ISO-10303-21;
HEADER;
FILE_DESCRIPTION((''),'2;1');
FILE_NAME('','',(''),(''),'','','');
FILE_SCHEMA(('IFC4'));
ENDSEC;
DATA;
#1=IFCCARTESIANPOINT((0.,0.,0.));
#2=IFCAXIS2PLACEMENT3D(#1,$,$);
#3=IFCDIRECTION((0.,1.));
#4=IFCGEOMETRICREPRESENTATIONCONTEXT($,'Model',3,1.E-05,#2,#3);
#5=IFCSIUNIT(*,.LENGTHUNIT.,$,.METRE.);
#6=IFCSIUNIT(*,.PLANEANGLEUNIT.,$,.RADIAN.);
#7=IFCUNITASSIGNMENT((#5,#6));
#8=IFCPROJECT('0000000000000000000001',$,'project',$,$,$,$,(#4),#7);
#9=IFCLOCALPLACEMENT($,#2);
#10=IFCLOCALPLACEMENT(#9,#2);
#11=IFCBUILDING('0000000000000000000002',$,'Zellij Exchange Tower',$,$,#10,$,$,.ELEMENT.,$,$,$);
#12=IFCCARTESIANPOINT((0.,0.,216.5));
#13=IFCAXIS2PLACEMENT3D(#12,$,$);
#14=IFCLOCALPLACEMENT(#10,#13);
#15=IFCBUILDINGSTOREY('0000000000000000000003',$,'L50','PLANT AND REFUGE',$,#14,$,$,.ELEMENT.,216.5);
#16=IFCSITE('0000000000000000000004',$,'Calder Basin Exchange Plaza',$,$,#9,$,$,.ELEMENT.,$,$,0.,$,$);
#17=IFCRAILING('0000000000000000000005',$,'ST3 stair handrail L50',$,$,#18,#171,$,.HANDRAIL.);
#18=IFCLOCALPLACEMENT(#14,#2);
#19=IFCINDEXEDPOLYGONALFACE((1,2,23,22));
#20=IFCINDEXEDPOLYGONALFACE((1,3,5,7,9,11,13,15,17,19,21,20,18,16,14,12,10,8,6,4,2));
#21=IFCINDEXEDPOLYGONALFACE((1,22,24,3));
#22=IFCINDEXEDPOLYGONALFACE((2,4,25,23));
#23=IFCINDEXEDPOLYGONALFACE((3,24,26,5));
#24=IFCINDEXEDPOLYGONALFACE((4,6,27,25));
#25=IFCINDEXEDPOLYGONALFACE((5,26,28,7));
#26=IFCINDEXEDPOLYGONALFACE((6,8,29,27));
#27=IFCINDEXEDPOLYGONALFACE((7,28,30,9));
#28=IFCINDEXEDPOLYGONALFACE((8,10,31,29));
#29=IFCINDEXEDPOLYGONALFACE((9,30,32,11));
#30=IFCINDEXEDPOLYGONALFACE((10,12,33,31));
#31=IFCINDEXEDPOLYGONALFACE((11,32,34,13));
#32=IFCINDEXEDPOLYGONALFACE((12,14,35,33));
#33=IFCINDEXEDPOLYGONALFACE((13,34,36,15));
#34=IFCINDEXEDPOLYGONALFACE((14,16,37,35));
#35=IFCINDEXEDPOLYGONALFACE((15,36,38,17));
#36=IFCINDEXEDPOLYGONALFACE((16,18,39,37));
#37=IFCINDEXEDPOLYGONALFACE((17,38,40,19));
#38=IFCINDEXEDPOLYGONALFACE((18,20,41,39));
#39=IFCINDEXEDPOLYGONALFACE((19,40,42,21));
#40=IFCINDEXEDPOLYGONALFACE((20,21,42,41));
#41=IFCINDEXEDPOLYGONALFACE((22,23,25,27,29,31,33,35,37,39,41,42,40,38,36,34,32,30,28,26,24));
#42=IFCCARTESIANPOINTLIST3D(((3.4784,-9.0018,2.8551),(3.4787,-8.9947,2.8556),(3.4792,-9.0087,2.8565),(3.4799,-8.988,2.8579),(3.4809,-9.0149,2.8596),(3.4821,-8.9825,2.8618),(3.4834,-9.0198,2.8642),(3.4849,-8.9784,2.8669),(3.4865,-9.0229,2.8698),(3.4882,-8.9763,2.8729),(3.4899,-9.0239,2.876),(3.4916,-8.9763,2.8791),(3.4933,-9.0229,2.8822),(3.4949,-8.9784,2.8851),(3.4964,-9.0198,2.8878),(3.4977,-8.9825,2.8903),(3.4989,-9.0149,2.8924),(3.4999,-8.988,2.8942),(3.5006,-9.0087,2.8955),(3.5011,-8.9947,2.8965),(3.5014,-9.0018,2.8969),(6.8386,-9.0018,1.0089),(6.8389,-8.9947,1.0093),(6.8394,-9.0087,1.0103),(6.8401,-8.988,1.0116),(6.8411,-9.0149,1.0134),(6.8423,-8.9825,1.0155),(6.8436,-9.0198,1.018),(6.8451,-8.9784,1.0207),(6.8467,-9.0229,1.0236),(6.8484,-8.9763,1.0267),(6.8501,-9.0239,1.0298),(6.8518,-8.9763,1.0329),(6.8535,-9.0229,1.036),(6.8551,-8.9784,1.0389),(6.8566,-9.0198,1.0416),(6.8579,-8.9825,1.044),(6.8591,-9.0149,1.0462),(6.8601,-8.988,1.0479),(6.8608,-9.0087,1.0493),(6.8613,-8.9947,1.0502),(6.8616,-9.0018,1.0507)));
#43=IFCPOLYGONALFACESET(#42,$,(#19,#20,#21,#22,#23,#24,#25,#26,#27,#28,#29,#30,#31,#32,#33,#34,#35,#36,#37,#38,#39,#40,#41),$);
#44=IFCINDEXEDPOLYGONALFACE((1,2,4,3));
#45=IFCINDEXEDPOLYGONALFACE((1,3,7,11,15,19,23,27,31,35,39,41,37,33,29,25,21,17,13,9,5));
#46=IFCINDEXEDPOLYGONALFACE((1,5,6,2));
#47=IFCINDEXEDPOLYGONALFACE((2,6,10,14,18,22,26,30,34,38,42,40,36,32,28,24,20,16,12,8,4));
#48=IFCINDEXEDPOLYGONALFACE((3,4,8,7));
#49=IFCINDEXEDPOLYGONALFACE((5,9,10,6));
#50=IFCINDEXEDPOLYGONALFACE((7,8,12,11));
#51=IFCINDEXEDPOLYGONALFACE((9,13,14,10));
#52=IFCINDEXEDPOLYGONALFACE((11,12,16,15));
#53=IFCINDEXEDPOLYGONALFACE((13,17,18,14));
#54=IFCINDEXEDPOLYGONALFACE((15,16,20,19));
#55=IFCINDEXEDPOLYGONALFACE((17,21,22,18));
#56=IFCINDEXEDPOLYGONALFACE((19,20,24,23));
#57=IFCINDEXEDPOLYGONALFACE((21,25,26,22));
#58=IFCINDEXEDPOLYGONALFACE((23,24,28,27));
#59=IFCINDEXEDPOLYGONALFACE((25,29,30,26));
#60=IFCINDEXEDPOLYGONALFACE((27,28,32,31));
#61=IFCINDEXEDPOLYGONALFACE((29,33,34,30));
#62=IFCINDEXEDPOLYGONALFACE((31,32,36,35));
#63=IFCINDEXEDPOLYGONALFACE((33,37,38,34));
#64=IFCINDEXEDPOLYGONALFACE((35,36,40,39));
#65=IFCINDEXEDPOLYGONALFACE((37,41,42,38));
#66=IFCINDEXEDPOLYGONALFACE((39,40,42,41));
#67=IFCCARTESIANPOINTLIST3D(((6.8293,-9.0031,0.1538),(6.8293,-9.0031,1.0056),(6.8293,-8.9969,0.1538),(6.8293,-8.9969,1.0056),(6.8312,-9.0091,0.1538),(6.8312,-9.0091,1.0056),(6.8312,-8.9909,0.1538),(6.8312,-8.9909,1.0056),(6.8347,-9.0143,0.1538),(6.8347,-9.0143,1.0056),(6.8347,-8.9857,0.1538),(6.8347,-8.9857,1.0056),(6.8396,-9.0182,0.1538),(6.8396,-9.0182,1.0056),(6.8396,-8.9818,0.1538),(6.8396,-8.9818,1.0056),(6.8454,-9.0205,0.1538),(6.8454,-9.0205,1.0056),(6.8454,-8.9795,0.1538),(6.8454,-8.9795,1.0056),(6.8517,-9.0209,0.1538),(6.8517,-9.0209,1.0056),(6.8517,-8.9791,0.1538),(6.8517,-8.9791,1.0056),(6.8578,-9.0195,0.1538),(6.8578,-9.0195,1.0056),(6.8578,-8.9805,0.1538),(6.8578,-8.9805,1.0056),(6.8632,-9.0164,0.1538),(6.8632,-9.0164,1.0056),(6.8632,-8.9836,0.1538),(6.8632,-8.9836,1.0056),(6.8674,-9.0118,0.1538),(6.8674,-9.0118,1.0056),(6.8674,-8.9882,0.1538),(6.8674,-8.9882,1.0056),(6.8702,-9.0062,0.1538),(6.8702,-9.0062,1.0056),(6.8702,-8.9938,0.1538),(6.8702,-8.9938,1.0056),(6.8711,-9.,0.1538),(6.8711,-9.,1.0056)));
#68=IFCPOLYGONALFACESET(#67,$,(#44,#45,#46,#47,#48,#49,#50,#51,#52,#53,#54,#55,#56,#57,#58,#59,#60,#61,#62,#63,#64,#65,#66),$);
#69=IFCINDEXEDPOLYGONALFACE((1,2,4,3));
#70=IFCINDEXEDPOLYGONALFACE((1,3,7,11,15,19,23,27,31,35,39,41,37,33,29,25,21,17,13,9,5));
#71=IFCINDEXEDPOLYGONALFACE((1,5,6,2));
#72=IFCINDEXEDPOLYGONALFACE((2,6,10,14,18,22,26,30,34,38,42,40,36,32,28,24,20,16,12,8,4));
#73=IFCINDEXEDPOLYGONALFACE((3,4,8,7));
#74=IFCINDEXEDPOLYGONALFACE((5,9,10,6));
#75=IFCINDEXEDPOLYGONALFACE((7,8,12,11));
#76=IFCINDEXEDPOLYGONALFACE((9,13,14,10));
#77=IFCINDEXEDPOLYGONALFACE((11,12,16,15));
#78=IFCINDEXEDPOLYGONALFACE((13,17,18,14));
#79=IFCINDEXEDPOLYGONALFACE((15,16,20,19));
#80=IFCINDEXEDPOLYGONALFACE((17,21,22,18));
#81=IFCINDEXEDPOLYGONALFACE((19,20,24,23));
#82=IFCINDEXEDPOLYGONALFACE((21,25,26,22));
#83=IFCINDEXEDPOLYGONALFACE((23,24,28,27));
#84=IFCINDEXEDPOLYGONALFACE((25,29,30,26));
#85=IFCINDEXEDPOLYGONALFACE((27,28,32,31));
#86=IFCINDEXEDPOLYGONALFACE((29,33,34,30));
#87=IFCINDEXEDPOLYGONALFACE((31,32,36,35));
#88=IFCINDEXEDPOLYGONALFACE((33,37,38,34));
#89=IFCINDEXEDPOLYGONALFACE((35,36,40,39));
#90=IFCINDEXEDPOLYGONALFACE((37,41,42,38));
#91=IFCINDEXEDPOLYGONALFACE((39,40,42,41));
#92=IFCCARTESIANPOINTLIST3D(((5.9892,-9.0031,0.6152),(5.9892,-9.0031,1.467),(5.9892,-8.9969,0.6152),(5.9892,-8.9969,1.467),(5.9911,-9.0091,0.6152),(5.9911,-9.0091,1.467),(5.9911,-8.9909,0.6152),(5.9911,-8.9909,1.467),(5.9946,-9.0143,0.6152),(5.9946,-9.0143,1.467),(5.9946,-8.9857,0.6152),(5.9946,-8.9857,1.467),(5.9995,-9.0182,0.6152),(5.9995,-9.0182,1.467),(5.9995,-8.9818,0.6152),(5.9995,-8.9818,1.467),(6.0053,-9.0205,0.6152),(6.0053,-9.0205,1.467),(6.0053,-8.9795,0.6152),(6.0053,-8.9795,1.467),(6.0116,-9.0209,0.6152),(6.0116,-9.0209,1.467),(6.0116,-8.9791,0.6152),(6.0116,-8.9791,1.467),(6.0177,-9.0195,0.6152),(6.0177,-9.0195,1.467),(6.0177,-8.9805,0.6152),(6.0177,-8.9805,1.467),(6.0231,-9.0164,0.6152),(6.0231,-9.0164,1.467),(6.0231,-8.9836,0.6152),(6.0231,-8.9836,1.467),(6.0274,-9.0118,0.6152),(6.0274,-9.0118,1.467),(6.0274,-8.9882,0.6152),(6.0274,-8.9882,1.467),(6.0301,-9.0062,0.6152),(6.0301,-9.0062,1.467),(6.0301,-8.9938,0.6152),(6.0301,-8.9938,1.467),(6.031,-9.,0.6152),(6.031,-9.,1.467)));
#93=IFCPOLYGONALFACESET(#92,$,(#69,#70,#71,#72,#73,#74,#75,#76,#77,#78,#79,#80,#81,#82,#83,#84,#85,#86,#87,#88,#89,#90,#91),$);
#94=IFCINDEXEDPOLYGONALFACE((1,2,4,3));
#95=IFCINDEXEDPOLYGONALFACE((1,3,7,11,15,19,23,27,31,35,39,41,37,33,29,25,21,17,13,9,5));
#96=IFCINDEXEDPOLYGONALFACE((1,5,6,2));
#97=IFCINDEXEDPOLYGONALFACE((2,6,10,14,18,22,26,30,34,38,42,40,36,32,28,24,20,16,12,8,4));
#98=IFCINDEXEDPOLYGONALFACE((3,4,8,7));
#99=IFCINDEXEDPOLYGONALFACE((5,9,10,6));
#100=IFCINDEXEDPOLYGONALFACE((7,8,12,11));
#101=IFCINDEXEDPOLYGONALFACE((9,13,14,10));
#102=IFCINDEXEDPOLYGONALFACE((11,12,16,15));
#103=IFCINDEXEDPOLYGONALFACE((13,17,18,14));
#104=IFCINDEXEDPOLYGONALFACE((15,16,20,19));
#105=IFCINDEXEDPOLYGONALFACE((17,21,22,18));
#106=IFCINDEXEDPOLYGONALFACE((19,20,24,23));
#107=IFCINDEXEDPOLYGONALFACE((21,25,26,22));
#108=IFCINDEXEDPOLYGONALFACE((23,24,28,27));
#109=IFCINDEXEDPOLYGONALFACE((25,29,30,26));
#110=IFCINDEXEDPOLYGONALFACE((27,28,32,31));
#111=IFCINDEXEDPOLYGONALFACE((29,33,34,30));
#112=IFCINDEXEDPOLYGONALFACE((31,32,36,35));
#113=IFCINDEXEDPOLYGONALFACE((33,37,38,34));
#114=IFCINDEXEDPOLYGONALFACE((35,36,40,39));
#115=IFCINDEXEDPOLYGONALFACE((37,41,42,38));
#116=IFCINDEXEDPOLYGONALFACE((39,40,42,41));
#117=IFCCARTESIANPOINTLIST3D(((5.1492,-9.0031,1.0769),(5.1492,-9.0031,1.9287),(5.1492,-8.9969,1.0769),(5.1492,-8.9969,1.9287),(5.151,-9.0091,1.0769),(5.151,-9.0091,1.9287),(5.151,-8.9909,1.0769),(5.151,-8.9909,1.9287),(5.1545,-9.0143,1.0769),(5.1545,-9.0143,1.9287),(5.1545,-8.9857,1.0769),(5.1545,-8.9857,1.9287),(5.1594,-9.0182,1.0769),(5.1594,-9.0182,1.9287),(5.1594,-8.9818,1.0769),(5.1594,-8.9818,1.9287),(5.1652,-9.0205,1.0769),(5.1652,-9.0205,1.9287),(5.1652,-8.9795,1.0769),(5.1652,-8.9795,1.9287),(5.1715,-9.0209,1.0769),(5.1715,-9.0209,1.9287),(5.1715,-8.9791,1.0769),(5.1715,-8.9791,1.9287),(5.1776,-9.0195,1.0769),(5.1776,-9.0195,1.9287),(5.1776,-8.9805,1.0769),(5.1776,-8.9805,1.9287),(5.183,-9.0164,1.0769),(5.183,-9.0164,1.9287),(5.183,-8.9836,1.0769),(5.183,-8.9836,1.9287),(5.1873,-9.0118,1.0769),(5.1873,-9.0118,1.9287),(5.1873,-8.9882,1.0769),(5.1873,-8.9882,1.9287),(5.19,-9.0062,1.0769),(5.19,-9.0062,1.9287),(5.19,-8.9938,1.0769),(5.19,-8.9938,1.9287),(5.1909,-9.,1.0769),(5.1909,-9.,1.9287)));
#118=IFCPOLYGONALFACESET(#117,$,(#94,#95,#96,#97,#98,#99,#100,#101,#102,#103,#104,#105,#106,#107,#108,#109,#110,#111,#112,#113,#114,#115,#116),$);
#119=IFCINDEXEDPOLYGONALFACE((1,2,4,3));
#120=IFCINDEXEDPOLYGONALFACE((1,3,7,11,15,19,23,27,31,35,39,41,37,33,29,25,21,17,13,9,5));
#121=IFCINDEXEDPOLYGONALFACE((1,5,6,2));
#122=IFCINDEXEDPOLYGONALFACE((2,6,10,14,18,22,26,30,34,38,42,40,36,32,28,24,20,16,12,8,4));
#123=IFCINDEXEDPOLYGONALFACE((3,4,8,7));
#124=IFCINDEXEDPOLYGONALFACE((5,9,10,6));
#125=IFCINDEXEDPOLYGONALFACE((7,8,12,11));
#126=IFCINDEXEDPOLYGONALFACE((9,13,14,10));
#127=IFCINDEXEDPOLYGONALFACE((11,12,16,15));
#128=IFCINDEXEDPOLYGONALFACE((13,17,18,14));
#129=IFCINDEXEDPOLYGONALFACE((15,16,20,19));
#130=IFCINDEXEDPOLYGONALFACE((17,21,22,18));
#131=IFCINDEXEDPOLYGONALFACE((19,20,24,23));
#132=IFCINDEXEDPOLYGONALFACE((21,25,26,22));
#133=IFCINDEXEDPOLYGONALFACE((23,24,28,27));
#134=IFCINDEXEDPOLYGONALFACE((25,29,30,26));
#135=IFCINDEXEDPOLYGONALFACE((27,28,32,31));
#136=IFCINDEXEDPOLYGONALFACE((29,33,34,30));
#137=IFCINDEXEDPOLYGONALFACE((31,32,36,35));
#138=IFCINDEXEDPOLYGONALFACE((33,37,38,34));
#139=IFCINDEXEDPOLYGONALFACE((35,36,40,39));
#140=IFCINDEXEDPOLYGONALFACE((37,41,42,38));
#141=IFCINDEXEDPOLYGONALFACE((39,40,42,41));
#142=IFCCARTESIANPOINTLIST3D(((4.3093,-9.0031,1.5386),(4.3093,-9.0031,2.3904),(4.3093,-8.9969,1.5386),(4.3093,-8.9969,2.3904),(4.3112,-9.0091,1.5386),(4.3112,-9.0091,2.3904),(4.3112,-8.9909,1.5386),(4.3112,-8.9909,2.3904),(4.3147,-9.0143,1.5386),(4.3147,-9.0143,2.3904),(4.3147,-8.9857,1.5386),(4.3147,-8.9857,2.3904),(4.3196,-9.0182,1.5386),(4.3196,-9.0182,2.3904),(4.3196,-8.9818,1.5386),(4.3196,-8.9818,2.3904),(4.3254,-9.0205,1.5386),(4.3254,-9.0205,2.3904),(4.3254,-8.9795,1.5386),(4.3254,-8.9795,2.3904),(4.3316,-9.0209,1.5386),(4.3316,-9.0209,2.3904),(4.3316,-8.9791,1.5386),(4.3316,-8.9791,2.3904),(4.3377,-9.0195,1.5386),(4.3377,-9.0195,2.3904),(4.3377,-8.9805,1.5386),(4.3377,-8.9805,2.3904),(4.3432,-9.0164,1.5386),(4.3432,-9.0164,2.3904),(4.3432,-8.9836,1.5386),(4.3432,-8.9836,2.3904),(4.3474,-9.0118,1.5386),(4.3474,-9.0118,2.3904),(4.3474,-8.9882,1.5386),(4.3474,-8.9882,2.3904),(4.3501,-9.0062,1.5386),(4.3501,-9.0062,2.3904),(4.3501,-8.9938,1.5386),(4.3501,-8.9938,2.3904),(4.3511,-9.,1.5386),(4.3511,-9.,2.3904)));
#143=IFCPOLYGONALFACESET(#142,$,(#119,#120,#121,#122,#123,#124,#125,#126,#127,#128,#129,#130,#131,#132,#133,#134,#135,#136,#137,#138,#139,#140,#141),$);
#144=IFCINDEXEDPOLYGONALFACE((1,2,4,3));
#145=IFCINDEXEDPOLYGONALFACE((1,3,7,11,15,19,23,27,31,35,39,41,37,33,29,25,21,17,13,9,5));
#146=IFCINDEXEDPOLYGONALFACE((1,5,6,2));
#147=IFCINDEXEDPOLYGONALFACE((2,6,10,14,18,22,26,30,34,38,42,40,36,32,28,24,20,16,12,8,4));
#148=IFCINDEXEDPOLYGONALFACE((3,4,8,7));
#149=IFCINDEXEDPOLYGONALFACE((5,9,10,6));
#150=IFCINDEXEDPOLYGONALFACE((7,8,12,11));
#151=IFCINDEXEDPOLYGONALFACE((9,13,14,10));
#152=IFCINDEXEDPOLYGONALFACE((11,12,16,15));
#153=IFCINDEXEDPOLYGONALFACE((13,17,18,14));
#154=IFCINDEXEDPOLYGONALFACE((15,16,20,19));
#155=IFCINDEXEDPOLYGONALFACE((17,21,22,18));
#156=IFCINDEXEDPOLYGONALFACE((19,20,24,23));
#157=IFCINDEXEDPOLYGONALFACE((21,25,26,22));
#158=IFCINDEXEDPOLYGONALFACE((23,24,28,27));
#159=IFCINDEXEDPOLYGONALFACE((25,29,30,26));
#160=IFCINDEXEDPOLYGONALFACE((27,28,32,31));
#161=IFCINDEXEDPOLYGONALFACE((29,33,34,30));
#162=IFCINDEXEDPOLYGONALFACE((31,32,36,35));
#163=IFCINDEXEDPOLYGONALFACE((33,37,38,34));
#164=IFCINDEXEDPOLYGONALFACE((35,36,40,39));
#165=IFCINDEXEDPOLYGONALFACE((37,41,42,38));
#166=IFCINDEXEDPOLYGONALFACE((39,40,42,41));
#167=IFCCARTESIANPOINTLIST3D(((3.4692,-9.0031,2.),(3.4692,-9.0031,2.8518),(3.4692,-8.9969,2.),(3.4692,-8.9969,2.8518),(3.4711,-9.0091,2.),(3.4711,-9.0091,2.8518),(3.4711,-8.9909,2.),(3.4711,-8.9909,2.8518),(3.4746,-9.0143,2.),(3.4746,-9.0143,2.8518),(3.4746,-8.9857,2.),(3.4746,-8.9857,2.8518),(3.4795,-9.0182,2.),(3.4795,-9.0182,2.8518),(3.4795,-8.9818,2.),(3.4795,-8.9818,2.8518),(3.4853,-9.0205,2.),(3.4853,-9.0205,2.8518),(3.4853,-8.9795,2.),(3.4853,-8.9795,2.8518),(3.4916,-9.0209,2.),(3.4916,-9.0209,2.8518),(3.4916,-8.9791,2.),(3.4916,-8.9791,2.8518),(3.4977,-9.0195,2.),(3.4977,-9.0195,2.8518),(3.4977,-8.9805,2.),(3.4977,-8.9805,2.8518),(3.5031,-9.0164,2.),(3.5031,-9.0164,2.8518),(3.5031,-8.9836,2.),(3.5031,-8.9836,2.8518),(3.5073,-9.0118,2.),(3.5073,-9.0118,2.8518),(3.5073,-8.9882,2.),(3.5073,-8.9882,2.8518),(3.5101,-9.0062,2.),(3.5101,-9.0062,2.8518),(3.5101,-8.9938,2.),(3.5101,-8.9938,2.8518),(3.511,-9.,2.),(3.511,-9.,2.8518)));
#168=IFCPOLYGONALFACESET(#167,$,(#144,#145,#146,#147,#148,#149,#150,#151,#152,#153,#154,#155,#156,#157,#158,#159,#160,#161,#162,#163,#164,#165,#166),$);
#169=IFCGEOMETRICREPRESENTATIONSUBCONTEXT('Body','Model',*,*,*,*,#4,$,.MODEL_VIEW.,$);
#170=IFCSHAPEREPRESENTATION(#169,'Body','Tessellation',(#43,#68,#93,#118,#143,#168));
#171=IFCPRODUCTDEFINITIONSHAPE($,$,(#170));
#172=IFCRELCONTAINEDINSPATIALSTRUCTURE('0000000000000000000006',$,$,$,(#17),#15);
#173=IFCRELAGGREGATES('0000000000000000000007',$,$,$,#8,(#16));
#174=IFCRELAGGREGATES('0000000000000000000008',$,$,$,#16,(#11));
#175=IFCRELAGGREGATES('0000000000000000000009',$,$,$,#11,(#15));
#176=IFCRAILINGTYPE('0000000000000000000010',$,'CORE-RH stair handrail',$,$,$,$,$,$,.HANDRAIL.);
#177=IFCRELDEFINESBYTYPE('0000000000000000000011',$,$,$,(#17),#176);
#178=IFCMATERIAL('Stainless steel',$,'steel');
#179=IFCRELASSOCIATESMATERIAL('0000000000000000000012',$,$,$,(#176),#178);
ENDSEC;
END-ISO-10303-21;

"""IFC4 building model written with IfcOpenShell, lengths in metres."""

from ifc_helpers import new_model, si_unit, direction, frame, origin, origin_2d, place, context, subcontext, project, spatial, circle, extrude, material, type_object, element, save


model = new_model("IFC4")

# Units and contexts
model_context = context("Model", 3, precision=1e-05, world=origin(), true_north=direction((0.0, 1.0)))
body_context = subcontext(model_context, "Body", "Model", "MODEL_VIEW")
ifc_project = project(units=[si_unit("LENGTHUNIT", "METRE"), si_unit("PLANEANGLEUNIT", "RADIAN")], contexts=[model_context])

# Site, building, storey
site_placement = place(None, origin())
site = spatial("IfcSite", under=ifc_project, at=site_placement, Name="Calder Basin Exchange Plaza", CompositionType="ELEMENT", RefElevation=0.0)
building_placement = place(site_placement, origin())
building = spatial("IfcBuilding", under=site, at=building_placement, Name="Zellij Exchange Tower", CompositionType="ELEMENT")
storey_placement = place(building_placement, frame((0.0, 0.0, 216.5)))
storey = spatial("IfcBuildingStorey", under=building, at=storey_placement, Name="L50", Description="PLANT AND REFUGE", CompositionType="ELEMENT", Elevation=216.5)

# Railing
ifc_material_1 = material(Name="Stainless steel", Category="steel")
railing_type_1 = type_object("IfcRailingType", Name="CORE-RH stair handrail", PredefinedType="HANDRAIL", material=ifc_material_1)
railing_1_placement = place(storey_placement, frame((6.8501, -9.0, 0.1538)))
element("IfcRailing", 1, at=railing_1_placement, inside=storey, type_object=railing_type_1, Name="ST3 stair handrail L50", PredefinedType="HANDRAIL", context=body_context, shape_type="SweptSolid", body=[
    extrude(circle(Radius=0.0239, at=origin_2d()), frame((0.0, 0.0, 0.876), z_axis=(-0.876422, 0.0, 0.481545), x_axis=(0.0, -1.0, 0.0)), (0.0, 0.0, 1.0), 3.834),
    extrude(circle(Radius=0.021, at=origin_2d()), origin(), (0.0, 0.0, 1.0), 0.8518),
    extrude(circle(Radius=0.021, at=origin_2d()), frame((-0.8401, 0.0, 0.4614)), (0.0, 0.0, 1.0), 0.8518),
    extrude(circle(Radius=0.021, at=origin_2d()), frame((-1.6802, 0.0, 0.9231)), (0.0, 0.0, 1.0), 0.8518),
    extrude(circle(Radius=0.021, at=origin_2d()), frame((-2.52, 0.0, 1.3848)), (0.0, 0.0, 1.0), 0.8518),
    extrude(circle(Radius=0.021, at=origin_2d()), frame((-3.3601, 0.0, 1.8462)), (0.0, 0.0, 1.0), 0.8518),
])

save(model, "model.ifc")
